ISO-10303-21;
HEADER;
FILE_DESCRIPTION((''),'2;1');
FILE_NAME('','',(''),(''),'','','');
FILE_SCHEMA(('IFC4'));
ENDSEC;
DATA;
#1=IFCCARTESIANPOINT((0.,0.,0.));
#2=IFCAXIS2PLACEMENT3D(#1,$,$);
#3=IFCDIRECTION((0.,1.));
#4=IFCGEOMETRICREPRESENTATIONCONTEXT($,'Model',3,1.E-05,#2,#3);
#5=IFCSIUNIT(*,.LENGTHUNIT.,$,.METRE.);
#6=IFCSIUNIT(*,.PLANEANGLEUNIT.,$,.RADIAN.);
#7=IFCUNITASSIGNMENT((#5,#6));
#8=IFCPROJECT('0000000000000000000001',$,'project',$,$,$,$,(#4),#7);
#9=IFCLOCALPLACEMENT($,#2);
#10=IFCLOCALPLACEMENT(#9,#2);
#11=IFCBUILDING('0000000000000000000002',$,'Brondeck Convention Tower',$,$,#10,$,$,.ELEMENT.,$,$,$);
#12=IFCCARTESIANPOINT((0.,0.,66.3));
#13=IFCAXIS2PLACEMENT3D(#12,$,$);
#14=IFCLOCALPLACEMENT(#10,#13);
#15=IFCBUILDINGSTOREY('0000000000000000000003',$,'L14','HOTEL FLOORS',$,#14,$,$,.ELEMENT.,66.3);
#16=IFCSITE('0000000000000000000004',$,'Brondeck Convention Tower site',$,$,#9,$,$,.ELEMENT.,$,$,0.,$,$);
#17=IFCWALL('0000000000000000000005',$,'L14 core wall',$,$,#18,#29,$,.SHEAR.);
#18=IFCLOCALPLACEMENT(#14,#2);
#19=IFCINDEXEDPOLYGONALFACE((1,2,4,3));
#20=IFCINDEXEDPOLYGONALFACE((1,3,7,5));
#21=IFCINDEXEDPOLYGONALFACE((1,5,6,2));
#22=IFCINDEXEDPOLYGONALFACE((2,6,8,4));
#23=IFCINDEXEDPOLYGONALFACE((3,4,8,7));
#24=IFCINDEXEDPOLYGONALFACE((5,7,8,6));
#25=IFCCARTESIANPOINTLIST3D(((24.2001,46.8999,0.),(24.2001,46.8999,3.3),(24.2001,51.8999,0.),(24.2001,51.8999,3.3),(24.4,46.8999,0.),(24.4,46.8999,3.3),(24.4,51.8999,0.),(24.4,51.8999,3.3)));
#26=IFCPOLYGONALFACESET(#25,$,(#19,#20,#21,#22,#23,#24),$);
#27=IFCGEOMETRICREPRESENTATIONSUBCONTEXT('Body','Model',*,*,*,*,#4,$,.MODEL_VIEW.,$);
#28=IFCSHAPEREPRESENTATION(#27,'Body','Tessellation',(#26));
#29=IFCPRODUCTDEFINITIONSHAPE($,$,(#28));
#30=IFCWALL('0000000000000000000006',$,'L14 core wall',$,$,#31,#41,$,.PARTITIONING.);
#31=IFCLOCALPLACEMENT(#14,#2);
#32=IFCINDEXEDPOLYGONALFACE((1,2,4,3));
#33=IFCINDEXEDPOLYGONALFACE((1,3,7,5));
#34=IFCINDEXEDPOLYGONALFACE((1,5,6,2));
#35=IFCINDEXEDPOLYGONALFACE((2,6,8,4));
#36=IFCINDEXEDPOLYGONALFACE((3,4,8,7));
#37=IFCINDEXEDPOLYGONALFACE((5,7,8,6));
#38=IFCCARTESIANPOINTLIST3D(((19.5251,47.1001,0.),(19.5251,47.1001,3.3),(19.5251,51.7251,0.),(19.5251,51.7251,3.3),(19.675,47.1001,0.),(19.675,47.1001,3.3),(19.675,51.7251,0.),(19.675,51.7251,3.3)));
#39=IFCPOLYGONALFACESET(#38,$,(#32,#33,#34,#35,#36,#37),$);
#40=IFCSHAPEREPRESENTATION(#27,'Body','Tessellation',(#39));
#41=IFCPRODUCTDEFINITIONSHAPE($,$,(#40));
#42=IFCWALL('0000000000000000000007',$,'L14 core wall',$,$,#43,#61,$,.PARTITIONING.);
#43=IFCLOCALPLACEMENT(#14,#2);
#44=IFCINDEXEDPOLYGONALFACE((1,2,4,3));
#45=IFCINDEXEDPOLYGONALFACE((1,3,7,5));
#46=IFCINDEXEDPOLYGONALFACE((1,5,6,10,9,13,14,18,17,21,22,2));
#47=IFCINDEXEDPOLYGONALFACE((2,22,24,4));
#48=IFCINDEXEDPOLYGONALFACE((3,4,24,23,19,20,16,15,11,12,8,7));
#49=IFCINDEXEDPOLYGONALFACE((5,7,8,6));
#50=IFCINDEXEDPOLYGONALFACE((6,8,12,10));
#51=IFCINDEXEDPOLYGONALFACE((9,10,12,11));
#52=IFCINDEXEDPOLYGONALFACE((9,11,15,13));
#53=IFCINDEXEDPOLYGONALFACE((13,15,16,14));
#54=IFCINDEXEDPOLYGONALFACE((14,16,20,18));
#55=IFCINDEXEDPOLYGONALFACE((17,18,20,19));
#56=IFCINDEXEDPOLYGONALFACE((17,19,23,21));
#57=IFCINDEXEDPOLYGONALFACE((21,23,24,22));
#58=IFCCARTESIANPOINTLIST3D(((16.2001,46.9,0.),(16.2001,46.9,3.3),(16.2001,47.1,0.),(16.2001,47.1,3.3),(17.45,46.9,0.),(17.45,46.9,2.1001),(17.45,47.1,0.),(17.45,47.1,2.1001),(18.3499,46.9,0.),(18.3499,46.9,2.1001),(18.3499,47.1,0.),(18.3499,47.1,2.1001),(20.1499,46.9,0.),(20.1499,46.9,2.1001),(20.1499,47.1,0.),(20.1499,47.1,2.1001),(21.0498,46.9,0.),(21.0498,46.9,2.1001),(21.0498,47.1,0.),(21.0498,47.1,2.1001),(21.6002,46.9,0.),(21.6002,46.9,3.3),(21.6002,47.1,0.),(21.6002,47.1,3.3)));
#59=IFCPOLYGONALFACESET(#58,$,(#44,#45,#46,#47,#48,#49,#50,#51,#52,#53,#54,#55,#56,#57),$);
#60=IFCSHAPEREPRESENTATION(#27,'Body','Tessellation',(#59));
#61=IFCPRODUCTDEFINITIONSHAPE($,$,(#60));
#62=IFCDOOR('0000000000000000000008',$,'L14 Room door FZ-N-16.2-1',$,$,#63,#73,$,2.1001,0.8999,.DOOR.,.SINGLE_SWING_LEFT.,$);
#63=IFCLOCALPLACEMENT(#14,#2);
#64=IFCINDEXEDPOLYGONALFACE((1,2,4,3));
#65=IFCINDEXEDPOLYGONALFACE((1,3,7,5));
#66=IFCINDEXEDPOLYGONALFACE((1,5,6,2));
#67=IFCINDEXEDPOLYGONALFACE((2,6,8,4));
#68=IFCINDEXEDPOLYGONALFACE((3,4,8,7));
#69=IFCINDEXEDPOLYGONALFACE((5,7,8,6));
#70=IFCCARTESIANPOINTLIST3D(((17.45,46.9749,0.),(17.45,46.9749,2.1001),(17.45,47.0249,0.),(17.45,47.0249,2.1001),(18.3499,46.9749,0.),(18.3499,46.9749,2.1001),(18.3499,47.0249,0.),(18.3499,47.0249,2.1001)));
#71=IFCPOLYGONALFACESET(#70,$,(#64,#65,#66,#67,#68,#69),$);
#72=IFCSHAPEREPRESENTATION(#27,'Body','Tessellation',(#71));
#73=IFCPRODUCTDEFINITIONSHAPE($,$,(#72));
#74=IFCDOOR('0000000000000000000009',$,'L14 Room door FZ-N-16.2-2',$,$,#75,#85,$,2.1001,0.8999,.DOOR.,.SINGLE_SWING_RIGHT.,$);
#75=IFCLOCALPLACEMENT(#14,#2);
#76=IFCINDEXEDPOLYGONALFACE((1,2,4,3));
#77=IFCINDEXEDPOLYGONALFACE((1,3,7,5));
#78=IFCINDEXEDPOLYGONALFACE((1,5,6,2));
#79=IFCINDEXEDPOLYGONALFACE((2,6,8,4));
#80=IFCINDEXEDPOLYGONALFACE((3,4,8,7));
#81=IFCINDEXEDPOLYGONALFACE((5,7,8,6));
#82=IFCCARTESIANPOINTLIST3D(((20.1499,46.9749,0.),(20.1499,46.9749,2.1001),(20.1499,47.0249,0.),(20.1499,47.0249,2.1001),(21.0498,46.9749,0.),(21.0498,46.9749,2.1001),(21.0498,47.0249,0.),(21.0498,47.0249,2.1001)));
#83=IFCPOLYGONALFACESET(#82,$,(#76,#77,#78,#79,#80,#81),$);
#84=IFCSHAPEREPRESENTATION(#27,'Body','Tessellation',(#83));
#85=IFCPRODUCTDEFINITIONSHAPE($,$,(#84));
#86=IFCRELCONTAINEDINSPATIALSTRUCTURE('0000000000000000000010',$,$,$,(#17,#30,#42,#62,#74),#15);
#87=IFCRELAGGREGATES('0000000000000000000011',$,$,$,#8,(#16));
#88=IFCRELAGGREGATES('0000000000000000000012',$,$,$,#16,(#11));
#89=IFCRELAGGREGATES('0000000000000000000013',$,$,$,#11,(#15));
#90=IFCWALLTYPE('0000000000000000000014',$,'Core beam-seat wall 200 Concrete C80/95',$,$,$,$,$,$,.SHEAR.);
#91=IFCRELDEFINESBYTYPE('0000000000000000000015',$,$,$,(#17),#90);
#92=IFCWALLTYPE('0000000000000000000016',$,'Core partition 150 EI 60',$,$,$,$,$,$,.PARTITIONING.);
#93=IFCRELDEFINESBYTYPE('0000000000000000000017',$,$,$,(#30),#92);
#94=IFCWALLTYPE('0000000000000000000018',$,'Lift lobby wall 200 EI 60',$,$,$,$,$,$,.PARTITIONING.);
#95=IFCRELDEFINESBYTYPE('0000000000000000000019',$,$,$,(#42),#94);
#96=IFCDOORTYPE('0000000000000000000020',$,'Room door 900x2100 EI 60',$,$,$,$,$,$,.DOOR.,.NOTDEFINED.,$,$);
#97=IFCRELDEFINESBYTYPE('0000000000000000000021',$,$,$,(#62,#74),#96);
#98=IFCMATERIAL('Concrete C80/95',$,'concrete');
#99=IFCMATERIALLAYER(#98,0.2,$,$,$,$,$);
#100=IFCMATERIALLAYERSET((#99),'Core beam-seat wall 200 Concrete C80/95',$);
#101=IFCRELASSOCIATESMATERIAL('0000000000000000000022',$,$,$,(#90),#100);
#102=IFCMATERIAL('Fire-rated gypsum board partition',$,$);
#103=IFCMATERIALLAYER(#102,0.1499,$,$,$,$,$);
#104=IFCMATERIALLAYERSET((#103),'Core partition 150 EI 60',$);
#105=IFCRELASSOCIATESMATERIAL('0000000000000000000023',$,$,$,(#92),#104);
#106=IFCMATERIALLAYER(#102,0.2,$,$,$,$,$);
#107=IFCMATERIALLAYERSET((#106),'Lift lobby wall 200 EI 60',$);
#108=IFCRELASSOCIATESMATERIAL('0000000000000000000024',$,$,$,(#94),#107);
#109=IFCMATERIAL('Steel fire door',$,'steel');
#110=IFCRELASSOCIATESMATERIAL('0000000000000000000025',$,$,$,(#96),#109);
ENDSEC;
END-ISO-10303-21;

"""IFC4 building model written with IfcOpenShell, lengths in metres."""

from ifc_helpers import new_model, si_unit, direction, frame, frame_2d, origin, place, context, subcontext, project, spatial, rectangle, extrude, material, layer, layer_set, type_object, element, fill, save


model = new_model("IFC4")

# Units and contexts
model_context = context("Model", 3, precision=1e-05, world=origin(), true_north=direction((0.0, 1.0)))
body_context = subcontext(model_context, "Body", "Model", "MODEL_VIEW")
ifc_project = project(units=[si_unit("LENGTHUNIT", "METRE"), si_unit("PLANEANGLEUNIT", "RADIAN")], contexts=[model_context])

# Site, building, storey
site_placement = place(None, origin())
site = spatial("IfcSite", under=ifc_project, at=site_placement, Name="Brondeck Convention Tower site", CompositionType="ELEMENT", RefElevation=0.0)
building_placement = place(site_placement, origin())
building = spatial("IfcBuilding", under=site, at=building_placement, Name="Brondeck Convention Tower", CompositionType="ELEMENT")
storey_placement = place(building_placement, frame((0.0, 0.0, 66.3)))
storey = spatial("IfcBuildingStorey", under=building, at=storey_placement, Name="L14", Description="HOTEL FLOORS", CompositionType="ELEMENT", Elevation=66.3)

# Walls
ifc_material_1 = material(Name="Concrete C80/95", Category="concrete")
ifc_layer_1 = layer(ifc_material_1, 0.2)
ifc_layer_set_1 = layer_set([ifc_layer_1], Name="Core beam-seat wall 200 Concrete C80/95")
wall_type_1 = type_object("IfcWallType", Name="Core beam-seat wall 200 Concrete C80/95", PredefinedType="SHEAR", material=ifc_layer_set_1)
wall_1_placement = place(storey_placement, frame((24.3, 46.8999, 0.0), z_axis=(0.0, 0.0, 1.0), x_axis=(0.0, 1.0, 0.0)))
element("IfcWall", 1, at=wall_1_placement, inside=storey, type_object=wall_type_1, Name="L14 core wall", PredefinedType="SHEAR", context=body_context, shape_type="SweptSolid", body=[
    extrude(rectangle(XDim=5.0, YDim=0.2, at=frame_2d((2.5, 0.0))), origin(), (0.0, 0.0, 1.0), 3.3),
])
ifc_material_2 = material(Name="Fire-rated gypsum board partition")
ifc_layer_2 = layer(ifc_material_2, 0.1499)
ifc_layer_set_2 = layer_set([ifc_layer_2], Name="Core partition 150 EI 60")
wall_type_2 = type_object("IfcWallType", Name="Core partition 150 EI 60", PredefinedType="PARTITIONING", material=ifc_layer_set_2)
wall_2_placement = place(storey_placement, frame((19.6001, 47.1001, 0.0), z_axis=(0.0, 0.0, 1.0), x_axis=(0.0, 1.0, 0.0)))
element("IfcWall", 2, at=wall_2_placement, inside=storey, type_object=wall_type_2, Name="L14 core wall", PredefinedType="PARTITIONING", context=body_context, shape_type="SweptSolid", body=[
    extrude(rectangle(XDim=4.625, YDim=0.1499, at=frame_2d((2.3125, 0.0))), origin(), (0.0, 0.0, 1.0), 3.3),
])

# Wall, openings, doors
ifc_layer_3 = layer(ifc_material_2, 0.2)
ifc_layer_set_3 = layer_set([ifc_layer_3], Name="Lift lobby wall 200 EI 60")
wall_type_3 = type_object("IfcWallType", Name="Lift lobby wall 200 EI 60", PredefinedType="PARTITIONING", material=ifc_layer_set_3)
wall_3_placement = place(storey_placement, frame((16.2, 47.0, 0.0), z_axis=(0.0, 0.0, 1.0), x_axis=(1.0, 0.0, 0.0)))
wall_3 = element("IfcWall", 3, at=wall_3_placement, inside=storey, type_object=wall_type_3, Name="L14 core wall", PredefinedType="PARTITIONING", context=body_context, shape_type="SweptSolid", body=[
    extrude(rectangle(XDim=5.4001, YDim=0.2, at=frame_2d((2.7002, 0.0))), origin(), (0.0, 0.0, 1.0), 3.3),
])
opening_1_placement = place(wall_3_placement, frame((1.25, 0.0, 0.0)))
opening_1 = element("IfcOpeningElement", 4, at=opening_1_placement, cuts=wall_3, PredefinedType="OPENING", context=body_context, shape_type="SweptSolid", body=[
    extrude(rectangle(XDim=0.8999, YDim=2.1001, at=frame_2d((0.45, 1.05))), frame((0.0, 0.1099, 0.0), z_axis=(0.0, -1.0, 0.0), x_axis=(1.0, 0.0, 0.0)), (0.0, 0.0, 1.0), 0.22),
])
opening_2_placement = place(wall_3_placement, frame((3.95, 0.0, 0.0)))
opening_2 = element("IfcOpeningElement", 5, at=opening_2_placement, cuts=wall_3, PredefinedType="OPENING", context=body_context, shape_type="SweptSolid", body=[
    extrude(rectangle(XDim=0.8999, YDim=2.1001, at=frame_2d((0.45, 1.05))), frame((0.0, 0.1099, 0.0), z_axis=(0.0, -1.0, 0.0), x_axis=(1.0, 0.0, 0.0)), (0.0, 0.0, 1.0), 0.22),
])
ifc_material_3 = material(Name="Steel fire door", Category="steel")
door_type_1 = type_object("IfcDoorType", Name="Room door 900x2100 EI 60", OperationType="NOTDEFINED", PredefinedType="DOOR", material=ifc_material_3)
door_1_placement = place(opening_1_placement, origin())
door_1 = element("IfcDoor", 6, at=door_1_placement, inside=storey, type_object=door_type_1, Name="L14 Room door FZ-N-16.2-1", OperationType="SINGLE_SWING_LEFT", OverallHeight=2.1001, OverallWidth=0.8999, PredefinedType="DOOR", context=body_context, shape_type="SweptSolid", body=[
    extrude(rectangle(XDim=0.8999, YDim=2.1001, at=frame_2d((0.45, 1.05))), frame((0.0, 0.0249, 0.0), z_axis=(0.0, -1.0, 0.0), x_axis=(1.0, 0.0, 0.0)), (0.0, 0.0, 1.0), 0.05),
])
fill(opening_1, door_1)
door_2_placement = place(opening_2_placement, origin())
door_2 = element("IfcDoor", 7, at=door_2_placement, inside=storey, type_object=door_type_1, Name="L14 Room door FZ-N-16.2-2", OperationType="SINGLE_SWING_RIGHT", OverallHeight=2.1001, OverallWidth=0.8999, PredefinedType="DOOR", context=body_context, shape_type="SweptSolid", body=[
    extrude(rectangle(XDim=0.8999, YDim=2.1001, at=frame_2d((0.45, 1.05))), frame((0.0, 0.0249, 0.0), z_axis=(0.0, -1.0, 0.0), x_axis=(1.0, 0.0, 0.0)), (0.0, 0.0, 1.0), 0.05),
])
fill(opening_2, door_2)

save(model, "model.ifc")
